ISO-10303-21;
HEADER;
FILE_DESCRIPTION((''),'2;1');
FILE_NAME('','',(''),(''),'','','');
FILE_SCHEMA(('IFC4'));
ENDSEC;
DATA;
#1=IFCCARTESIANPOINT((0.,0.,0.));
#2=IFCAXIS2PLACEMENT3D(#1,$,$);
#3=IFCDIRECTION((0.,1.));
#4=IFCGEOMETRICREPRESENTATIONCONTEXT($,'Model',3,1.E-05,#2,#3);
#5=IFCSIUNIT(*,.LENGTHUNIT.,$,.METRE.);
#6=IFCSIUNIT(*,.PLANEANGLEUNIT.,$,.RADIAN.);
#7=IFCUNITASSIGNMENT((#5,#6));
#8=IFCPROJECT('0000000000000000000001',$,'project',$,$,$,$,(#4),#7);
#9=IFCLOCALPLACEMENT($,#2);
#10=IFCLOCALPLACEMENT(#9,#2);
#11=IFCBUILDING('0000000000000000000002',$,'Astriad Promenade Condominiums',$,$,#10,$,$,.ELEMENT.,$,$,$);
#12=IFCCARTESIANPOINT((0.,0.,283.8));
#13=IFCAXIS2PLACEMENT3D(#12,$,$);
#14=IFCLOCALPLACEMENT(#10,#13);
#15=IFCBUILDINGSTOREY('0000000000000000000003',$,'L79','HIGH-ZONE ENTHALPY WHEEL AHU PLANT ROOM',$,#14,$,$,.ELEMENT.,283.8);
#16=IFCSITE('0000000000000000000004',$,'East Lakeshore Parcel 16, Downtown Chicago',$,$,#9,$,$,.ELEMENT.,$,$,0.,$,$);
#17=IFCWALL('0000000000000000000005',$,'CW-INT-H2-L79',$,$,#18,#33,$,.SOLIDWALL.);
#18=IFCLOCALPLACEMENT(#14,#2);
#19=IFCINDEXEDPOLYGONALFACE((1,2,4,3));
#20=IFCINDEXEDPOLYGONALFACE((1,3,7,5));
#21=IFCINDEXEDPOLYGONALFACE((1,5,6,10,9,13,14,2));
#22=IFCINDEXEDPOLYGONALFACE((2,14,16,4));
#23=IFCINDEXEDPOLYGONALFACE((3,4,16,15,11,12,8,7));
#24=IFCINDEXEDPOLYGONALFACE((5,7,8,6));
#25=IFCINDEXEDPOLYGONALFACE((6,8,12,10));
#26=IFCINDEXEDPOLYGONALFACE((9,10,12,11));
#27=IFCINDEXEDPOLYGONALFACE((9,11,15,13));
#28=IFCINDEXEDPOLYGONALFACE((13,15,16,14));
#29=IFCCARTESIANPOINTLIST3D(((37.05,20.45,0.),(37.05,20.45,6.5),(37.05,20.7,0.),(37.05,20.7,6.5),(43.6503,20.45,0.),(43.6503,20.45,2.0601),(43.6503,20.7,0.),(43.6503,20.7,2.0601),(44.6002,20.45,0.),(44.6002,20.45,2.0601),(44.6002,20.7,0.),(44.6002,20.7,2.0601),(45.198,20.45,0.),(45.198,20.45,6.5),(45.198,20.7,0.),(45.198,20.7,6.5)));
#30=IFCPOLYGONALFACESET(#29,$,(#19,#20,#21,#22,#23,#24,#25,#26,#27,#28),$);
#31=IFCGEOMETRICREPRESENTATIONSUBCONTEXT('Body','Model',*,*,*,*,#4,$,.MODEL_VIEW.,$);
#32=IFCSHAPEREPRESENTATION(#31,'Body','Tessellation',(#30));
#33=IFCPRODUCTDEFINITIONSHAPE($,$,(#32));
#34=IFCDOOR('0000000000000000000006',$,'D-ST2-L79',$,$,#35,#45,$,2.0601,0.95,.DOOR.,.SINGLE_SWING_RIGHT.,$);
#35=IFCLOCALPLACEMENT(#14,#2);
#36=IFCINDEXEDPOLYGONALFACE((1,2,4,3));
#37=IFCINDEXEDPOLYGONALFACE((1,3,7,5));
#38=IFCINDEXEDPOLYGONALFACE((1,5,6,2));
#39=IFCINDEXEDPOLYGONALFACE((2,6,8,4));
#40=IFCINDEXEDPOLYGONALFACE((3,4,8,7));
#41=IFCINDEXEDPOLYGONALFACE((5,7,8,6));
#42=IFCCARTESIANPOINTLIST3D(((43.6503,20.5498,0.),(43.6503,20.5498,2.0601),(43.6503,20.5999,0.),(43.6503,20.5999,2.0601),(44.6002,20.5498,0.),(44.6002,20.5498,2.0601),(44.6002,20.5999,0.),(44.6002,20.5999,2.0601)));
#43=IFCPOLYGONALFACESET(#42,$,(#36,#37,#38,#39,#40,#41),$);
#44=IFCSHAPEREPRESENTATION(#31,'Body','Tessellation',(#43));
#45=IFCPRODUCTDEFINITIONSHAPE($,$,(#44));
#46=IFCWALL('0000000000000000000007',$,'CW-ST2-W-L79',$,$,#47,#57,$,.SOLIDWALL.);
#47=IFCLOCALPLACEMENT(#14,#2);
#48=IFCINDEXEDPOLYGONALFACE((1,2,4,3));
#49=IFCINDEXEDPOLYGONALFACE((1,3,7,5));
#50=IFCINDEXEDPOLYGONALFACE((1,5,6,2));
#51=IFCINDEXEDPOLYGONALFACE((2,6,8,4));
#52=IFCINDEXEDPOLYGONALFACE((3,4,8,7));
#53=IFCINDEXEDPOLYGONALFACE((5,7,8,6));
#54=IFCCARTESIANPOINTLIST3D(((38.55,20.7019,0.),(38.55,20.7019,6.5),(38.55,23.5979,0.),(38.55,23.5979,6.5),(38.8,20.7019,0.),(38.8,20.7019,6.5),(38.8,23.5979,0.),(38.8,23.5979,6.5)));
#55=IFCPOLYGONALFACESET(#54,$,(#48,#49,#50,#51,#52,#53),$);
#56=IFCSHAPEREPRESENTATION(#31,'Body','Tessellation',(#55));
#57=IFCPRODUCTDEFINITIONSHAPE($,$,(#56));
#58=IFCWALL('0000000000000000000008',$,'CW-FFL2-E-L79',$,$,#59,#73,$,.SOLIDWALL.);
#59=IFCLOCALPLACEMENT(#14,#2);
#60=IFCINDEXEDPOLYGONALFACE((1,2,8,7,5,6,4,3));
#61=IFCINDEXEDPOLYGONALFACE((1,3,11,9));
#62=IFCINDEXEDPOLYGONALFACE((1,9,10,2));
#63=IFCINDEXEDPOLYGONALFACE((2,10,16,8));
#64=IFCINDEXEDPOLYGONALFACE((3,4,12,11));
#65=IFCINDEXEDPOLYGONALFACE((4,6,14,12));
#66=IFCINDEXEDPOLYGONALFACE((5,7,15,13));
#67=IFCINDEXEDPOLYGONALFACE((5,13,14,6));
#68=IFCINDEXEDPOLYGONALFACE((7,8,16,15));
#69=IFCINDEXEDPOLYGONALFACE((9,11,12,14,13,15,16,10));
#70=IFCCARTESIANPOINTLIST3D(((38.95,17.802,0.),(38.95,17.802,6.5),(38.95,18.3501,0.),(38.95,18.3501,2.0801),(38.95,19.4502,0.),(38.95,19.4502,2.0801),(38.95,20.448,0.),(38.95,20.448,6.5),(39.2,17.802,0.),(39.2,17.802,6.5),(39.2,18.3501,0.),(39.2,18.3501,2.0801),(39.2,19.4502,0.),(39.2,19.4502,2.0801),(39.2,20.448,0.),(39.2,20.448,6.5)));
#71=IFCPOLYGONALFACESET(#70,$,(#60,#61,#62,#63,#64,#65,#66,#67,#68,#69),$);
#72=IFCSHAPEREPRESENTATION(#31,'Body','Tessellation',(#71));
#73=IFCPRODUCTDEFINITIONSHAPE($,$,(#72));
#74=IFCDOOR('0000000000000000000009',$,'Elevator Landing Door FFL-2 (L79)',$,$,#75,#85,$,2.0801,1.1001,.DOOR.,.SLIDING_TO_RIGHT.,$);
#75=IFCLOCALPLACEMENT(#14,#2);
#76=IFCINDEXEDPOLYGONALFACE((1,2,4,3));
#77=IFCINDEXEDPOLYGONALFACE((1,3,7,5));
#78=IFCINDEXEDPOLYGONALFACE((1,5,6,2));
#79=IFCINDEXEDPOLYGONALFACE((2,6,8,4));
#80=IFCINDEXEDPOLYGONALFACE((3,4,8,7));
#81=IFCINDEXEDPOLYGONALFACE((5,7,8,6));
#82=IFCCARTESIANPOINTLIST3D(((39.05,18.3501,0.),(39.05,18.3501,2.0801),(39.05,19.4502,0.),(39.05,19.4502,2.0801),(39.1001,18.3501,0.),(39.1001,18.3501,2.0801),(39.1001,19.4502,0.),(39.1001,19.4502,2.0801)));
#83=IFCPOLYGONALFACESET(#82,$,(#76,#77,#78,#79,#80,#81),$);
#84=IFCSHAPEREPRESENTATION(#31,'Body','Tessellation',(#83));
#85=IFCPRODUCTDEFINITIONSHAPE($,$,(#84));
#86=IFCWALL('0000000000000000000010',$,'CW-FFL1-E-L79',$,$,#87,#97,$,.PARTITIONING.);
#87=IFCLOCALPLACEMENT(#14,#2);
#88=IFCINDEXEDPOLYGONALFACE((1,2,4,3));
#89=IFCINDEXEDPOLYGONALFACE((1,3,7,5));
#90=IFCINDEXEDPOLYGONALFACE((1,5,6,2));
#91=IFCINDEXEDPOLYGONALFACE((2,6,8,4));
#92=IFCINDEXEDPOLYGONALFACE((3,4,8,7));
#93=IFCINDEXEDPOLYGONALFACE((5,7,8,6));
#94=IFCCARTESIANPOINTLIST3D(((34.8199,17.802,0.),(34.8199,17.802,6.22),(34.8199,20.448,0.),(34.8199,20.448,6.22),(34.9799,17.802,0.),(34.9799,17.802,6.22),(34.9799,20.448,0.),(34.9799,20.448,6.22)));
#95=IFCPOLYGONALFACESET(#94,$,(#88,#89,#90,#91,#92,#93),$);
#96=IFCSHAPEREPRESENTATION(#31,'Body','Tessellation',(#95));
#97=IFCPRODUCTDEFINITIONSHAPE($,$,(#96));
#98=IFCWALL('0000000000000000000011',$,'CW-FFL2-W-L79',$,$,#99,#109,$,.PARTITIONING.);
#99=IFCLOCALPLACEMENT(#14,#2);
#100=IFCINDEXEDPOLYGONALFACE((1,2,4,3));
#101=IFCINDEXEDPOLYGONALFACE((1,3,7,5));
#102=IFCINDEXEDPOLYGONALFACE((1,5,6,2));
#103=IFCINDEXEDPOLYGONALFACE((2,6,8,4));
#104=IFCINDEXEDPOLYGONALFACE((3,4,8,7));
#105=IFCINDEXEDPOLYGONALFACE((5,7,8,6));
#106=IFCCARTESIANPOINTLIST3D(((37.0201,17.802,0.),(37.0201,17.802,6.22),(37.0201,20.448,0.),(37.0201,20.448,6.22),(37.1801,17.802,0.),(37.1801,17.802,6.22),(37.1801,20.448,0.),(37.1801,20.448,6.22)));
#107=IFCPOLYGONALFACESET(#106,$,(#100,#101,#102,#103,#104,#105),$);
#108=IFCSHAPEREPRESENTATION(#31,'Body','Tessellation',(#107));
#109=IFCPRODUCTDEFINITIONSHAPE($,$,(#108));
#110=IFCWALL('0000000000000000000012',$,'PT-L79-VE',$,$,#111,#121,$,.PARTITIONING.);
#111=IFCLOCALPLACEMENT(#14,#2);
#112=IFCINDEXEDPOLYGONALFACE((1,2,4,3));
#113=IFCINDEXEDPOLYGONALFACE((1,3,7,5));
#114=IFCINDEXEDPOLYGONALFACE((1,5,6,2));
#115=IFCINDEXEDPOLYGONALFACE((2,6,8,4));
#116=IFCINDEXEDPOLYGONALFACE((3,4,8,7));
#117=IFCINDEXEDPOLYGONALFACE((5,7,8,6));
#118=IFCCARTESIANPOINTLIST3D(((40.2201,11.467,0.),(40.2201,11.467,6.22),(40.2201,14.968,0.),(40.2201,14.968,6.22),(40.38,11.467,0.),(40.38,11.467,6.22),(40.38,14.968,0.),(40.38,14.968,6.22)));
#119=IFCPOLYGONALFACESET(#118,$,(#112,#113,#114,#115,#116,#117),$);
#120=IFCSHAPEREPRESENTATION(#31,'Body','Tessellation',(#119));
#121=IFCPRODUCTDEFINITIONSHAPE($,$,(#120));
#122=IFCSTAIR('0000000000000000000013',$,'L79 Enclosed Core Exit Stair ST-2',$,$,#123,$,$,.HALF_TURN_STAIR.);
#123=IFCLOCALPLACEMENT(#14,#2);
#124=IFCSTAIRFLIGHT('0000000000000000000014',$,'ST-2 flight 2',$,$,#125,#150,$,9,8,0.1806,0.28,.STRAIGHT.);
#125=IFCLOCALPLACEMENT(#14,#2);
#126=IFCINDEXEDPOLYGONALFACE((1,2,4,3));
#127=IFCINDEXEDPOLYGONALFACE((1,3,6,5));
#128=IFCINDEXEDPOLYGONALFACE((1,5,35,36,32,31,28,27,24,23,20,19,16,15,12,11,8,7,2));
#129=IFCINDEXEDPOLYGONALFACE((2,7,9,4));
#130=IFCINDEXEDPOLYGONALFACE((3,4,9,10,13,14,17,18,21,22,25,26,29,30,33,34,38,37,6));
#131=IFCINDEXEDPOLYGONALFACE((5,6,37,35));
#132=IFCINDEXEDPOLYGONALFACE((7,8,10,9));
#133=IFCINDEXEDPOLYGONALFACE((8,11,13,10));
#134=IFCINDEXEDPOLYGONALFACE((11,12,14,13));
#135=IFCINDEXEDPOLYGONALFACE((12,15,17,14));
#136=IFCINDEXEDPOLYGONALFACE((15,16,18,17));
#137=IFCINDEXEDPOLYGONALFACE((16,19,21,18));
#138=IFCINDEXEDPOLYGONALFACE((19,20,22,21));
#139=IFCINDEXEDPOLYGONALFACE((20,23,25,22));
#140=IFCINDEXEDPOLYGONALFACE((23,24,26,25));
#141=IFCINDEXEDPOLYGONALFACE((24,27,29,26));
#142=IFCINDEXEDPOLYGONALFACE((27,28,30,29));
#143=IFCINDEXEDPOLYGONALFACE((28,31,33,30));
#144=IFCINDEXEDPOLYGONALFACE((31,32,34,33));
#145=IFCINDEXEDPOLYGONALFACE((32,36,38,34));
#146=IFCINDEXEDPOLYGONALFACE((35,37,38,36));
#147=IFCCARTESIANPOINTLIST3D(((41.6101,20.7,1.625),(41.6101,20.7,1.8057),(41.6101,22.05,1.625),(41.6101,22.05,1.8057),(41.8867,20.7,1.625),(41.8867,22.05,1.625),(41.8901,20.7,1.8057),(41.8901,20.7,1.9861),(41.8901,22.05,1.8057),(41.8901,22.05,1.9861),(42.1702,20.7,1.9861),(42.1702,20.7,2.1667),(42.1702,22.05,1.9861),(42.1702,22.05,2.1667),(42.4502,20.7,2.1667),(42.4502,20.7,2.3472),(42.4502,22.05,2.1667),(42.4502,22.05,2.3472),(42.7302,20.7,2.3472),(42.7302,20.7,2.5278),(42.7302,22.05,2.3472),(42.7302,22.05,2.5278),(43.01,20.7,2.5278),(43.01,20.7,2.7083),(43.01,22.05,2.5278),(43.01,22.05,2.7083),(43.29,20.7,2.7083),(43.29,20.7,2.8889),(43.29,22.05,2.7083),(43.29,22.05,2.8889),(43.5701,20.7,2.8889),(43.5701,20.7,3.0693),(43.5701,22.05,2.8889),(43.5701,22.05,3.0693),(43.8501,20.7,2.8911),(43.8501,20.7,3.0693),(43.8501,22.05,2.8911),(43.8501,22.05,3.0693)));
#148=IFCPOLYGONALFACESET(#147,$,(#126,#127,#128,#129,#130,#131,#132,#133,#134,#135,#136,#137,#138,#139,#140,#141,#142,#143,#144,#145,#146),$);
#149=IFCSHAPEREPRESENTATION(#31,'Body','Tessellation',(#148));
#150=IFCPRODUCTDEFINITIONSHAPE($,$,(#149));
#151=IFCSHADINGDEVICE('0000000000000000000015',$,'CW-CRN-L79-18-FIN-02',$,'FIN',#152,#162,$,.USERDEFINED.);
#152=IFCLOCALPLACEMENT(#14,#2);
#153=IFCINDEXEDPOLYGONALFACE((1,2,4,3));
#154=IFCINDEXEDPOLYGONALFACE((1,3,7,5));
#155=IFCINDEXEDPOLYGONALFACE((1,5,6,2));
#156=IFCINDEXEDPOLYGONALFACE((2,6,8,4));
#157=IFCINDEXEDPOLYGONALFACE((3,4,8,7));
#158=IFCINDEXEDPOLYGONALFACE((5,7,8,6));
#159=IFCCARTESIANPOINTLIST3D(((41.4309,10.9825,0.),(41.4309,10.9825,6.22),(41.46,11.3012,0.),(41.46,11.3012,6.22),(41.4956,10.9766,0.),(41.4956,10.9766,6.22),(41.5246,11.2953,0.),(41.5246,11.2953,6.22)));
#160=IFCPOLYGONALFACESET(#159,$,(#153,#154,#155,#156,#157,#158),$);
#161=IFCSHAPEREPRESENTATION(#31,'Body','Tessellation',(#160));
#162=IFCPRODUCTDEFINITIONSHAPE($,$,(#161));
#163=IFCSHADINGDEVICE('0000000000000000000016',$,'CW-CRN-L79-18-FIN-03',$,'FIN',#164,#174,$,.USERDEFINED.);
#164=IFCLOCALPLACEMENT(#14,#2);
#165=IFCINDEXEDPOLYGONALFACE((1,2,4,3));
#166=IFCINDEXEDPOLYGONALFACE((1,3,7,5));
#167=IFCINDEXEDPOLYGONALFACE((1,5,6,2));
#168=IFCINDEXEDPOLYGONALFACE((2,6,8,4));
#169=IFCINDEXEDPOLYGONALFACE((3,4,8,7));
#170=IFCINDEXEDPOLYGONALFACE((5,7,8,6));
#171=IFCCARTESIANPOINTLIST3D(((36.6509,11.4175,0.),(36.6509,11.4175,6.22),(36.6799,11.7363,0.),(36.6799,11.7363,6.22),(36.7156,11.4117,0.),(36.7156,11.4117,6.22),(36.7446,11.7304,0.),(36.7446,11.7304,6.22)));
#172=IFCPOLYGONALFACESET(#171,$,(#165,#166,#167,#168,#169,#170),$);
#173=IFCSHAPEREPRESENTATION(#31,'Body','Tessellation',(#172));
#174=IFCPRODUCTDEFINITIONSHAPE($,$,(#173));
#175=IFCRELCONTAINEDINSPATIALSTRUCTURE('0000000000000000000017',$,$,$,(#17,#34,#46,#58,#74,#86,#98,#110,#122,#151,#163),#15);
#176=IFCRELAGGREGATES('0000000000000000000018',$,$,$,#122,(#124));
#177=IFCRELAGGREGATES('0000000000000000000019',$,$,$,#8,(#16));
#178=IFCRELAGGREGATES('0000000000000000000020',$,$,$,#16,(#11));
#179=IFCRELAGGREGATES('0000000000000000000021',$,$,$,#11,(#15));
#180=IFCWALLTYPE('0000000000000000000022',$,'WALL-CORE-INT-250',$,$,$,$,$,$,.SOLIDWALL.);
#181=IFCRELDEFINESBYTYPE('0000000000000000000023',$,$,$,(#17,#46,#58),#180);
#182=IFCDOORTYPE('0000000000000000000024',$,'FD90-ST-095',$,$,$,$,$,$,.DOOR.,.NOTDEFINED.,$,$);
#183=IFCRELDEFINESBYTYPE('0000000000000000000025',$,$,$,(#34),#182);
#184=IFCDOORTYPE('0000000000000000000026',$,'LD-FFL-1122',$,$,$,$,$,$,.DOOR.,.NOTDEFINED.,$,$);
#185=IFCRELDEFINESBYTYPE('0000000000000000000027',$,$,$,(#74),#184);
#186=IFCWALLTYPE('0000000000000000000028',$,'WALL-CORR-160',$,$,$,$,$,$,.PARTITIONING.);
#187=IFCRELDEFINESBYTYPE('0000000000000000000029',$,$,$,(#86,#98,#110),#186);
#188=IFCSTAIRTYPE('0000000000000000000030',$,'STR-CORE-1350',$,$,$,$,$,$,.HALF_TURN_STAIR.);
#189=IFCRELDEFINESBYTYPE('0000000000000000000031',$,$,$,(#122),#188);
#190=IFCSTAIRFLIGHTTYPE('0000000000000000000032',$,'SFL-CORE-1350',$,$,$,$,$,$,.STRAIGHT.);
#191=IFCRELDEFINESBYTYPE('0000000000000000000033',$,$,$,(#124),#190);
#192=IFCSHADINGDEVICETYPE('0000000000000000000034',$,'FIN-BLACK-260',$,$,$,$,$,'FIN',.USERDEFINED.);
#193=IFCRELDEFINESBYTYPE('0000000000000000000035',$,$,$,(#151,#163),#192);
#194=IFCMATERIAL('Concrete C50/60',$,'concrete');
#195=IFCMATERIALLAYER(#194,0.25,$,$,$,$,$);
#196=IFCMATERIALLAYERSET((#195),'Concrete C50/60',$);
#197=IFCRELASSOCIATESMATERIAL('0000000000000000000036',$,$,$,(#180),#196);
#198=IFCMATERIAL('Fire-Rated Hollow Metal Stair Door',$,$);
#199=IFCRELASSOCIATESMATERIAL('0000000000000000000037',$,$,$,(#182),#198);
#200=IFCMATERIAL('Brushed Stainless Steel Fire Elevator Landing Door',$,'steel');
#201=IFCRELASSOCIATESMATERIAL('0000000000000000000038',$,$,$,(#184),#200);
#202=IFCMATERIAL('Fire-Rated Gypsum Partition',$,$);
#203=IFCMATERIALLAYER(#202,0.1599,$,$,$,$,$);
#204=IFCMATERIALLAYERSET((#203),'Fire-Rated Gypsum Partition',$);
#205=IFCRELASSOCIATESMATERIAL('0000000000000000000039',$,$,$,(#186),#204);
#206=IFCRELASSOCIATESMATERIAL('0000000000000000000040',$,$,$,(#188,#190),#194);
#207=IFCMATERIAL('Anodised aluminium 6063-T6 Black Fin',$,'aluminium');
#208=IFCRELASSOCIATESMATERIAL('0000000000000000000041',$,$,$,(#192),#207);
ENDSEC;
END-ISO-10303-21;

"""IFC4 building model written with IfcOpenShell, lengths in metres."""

from ifc_helpers import new_model, si_unit, direction, frame, frame_2d, origin, origin_2d, place, context, subcontext, project, spatial, polyline, rectangle, outline, extrude, source, transform, mapped, material, layer, layer_set, type_object, type_shapes, element, fill, aggregate, save


model = new_model("IFC4")

# Units and contexts
model_context = context("Model", 3, precision=1e-05, world=origin(), true_north=direction((0.0, 1.0)))
body_context = subcontext(model_context, "Body", "Model", "MODEL_VIEW")
ifc_project = project(units=[si_unit("LENGTHUNIT", "METRE"), si_unit("PLANEANGLEUNIT", "RADIAN")], contexts=[model_context])

# Site, building, storey
site_placement = place(None, origin())
site = spatial("IfcSite", under=ifc_project, at=site_placement, Name="East Lakeshore Parcel 16, Downtown Chicago", CompositionType="ELEMENT", RefElevation=0.0)
building_placement = place(site_placement, origin())
building = spatial("IfcBuilding", under=site, at=building_placement, Name="Astriad Promenade Condominiums", CompositionType="ELEMENT")
storey_placement = place(building_placement, frame((0.0, 0.0, 283.8)))
storey = spatial("IfcBuildingStorey", under=building, at=storey_placement, Name="L79", Description="HIGH-ZONE ENTHALPY WHEEL AHU PLANT ROOM", CompositionType="ELEMENT", Elevation=283.8)

# Shared definitions
ifc_material_1 = material(Name="Concrete C50/60", Category="concrete")

# Wall, opening, door
ifc_layer_1 = layer(ifc_material_1, 0.25)
ifc_layer_set_1 = layer_set([ifc_layer_1], Name="Concrete C50/60")
wall_type_1 = type_object("IfcWallType", Name="WALL-CORE-INT-250", PredefinedType="SOLIDWALL", material=ifc_layer_set_1)
wall_1_placement = place(storey_placement, frame((37.05, 20.575, 0.0), z_axis=(0.0, 0.0, 1.0), x_axis=(1.0, 0.0, 0.0)))
wall_1 = element("IfcWall", 1, at=wall_1_placement, inside=storey, type_object=wall_type_1, Name="CW-INT-H2-L79", PredefinedType="SOLIDWALL", context=body_context, shape_type="SweptSolid", body=[
    extrude(rectangle(XDim=8.1479, YDim=0.25, at=frame_2d((4.074, 0.0))), origin(), (0.0, 0.0, 1.0), 6.5),
])
opening_1_placement = place(wall_1_placement, frame((6.6001, 0.0, 0.0)))
opening_1 = element("IfcOpeningElement", 2, at=opening_1_placement, cuts=wall_1, PredefinedType="OPENING", context=body_context, shape_type="SweptSolid", body=[
    extrude(rectangle(XDim=0.95, YDim=2.0601, at=frame_2d((0.4751, 1.03))), frame((0.0, 0.135, 0.0), z_axis=(0.0, -1.0, 0.0), x_axis=(1.0, 0.0, 0.0)), (0.0, 0.0, 1.0), 0.27),
])
ifc_material_2 = material(Name="Fire-Rated Hollow Metal Stair Door")
door_type_1 = type_object("IfcDoorType", Name="FD90-ST-095", OperationType="NOTDEFINED", PredefinedType="DOOR", material=ifc_material_2)
shared_shape_1 = source(origin(), body_context, "Body", "SweptSolid", [
    extrude(rectangle(XDim=0.95, YDim=2.0601, at=frame_2d((0.4751, 1.03))), frame((0.0, 0.0249, 0.0), z_axis=(0.0, -1.0, 0.0), x_axis=(1.0, 0.0, 0.0)), (0.0, 0.0, 1.0), 0.05),
])
type_shapes(door_type_1, [shared_shape_1])
door_1_placement = place(opening_1_placement, origin())
door_1 = element("IfcDoor", 3, at=door_1_placement, inside=storey, type_object=door_type_1, Name="D-ST2-L79", OperationType="SINGLE_SWING_RIGHT", OverallHeight=2.0601, OverallWidth=0.95, PredefinedType="DOOR", context=body_context, shape_type="MappedRepresentation", body=[
    mapped(shared_shape_1, transform((0.0, 0.0, 0.0), scale=1.0)),
])
fill(opening_1, door_1)

# Wall
wall_2_placement = place(storey_placement, frame((38.675, 20.7019, 0.0), z_axis=(0.0, 0.0, 1.0), x_axis=(0.0, 1.0, 0.0)))
element("IfcWall", 4, at=wall_2_placement, inside=storey, type_object=wall_type_1, Name="CW-ST2-W-L79", PredefinedType="SOLIDWALL", context=body_context, shape_type="SweptSolid", body=[
    extrude(rectangle(XDim=2.896, YDim=0.25, at=frame_2d((1.448, 0.0))), origin(), (0.0, 0.0, 1.0), 6.5),
])

# Wall, opening, door
wall_3_placement = place(storey_placement, frame((39.075, 17.802, 0.0), z_axis=(0.0, 0.0, 1.0), x_axis=(0.0, 1.0, 0.0)))
wall_3 = element("IfcWall", 5, at=wall_3_placement, inside=storey, type_object=wall_type_1, Name="CW-FFL2-E-L79", PredefinedType="SOLIDWALL", context=body_context, shape_type="SweptSolid", body=[
    extrude(rectangle(XDim=2.646, YDim=0.25, at=frame_2d((1.323, 0.0))), origin(), (0.0, 0.0, 1.0), 6.5),
])
opening_2_placement = place(wall_3_placement, frame((0.5481, 0.0, 0.0)))
opening_2 = element("IfcOpeningElement", 6, at=opening_2_placement, cuts=wall_3, PredefinedType="OPENING", context=body_context, shape_type="SweptSolid", body=[
    extrude(rectangle(XDim=1.1001, YDim=2.0801, at=frame_2d((0.55, 1.04))), frame((0.0, 0.135, 0.0), z_axis=(0.0, -1.0, 0.0), x_axis=(1.0, 0.0, 0.0)), (0.0, 0.0, 1.0), 0.27),
])
ifc_material_3 = material(Name="Brushed Stainless Steel Fire Elevator Landing Door", Category="steel")
door_type_2 = type_object("IfcDoorType", Name="LD-FFL-1122", OperationType="NOTDEFINED", PredefinedType="DOOR", material=ifc_material_3)
shared_shape_2 = source(origin(), body_context, "Body", "SweptSolid", [
    extrude(rectangle(XDim=1.1001, YDim=2.0801, at=frame_2d((0.55, 1.04))), frame((0.0, 0.0249, 0.0), z_axis=(0.0, -1.0, 0.0), x_axis=(1.0, 0.0, 0.0)), (0.0, 0.0, 1.0), 0.05),
])
type_shapes(door_type_2, [shared_shape_2])
door_2_placement = place(opening_2_placement, origin())
door_2 = element("IfcDoor", 7, at=door_2_placement, inside=storey, type_object=door_type_2, Name="Elevator Landing Door FFL-2 (L79)", OperationType="SLIDING_TO_RIGHT", OverallHeight=2.0801, OverallWidth=1.1001, PredefinedType="DOOR", context=body_context, shape_type="MappedRepresentation", body=[
    mapped(shared_shape_2, transform((0.0, 0.0, 0.0), scale=1.0)),
])
fill(opening_2, door_2)

# Walls
ifc_material_4 = material(Name="Fire-Rated Gypsum Partition")
ifc_layer_2 = layer(ifc_material_4, 0.1599)
ifc_layer_set_2 = layer_set([ifc_layer_2], Name="Fire-Rated Gypsum Partition")
wall_type_2 = type_object("IfcWallType", Name="WALL-CORR-160", PredefinedType="PARTITIONING", material=ifc_layer_set_2)
for number, where, z_axis, x_axis, name in (
    (8, (34.8999, 17.802, 0.0), (0.0, 0.0, 1.0), (0.0, 1.0, 0.0), "CW-FFL1-E-L79"),
    (9, (37.1001, 17.802, 0.0), (0.0, 0.0, 1.0), (0.0, 1.0, 0.0), "CW-FFL2-W-L79"),
):
    element("IfcWall", number, at=place(storey_placement, frame(where, z_axis=z_axis, x_axis=x_axis)), inside=storey, type_object=wall_type_2, Name=name, PredefinedType="PARTITIONING", context=body_context, shape_type="SweptSolid", body=[
        extrude(rectangle(XDim=2.646, YDim=0.1599, at=frame_2d((1.323, 0.0))), origin(), (0.0, 0.0, 1.0), 6.22),
    ])
wall_4_placement = place(storey_placement, frame((40.3, 11.467, 0.0), z_axis=(0.0, 0.0, 1.0), x_axis=(0.0, 1.0, 0.0)))
element("IfcWall", 10, at=wall_4_placement, inside=storey, type_object=wall_type_2, Name="PT-L79-VE", PredefinedType="PARTITIONING", context=body_context, shape_type="SweptSolid", body=[
    extrude(rectangle(XDim=3.501, YDim=0.1599, at=frame_2d((1.7505, 0.0))), origin(), (0.0, 0.0, 1.0), 6.22),
])

# Stair, stair flight
stair_type = type_object("IfcStairType", Name="STR-CORE-1350", PredefinedType="HALF_TURN_STAIR", material=ifc_material_1)
stair_placement = place(storey_placement, origin())
stair = element("IfcStair", 11, at=stair_placement, inside=storey, type_object=stair_type, Name="L79 Enclosed Core Exit Stair ST-2", PredefinedType="HALF_TURN_STAIR")
stair_flight_type = type_object("IfcStairFlightType", Name="SFL-CORE-1350", PredefinedType="STRAIGHT", material=ifc_material_1)
shared_shape_3 = source(origin(), body_context, "Body", "SweptSolid", [
    extrude(outline(polyline([(0.0, 0.0), (0.0, 0.1807), (0.28, 0.1807), (0.28, 0.3611), (0.5601, 0.3611), (0.5601, 0.5417), (0.8401, 0.5417), (0.8401, 0.7222), (1.1201, 0.7222), (1.1201, 0.9028), (1.3999, 0.9028), (1.3999, 1.0833), (1.6799, 1.0833), (1.6799, 1.2639), (1.96, 1.2639), (1.96, 1.4443), (2.24, 1.4443), (2.24, 1.625), (2.24, 1.2661), (0.2766, 0.0), (0.0, 0.0)])), frame((0.0, 0.675, 0.0), z_axis=(0.0, -1.0, 0.0), x_axis=(1.0, 0.0, 0.0)), (0.0, 0.0, 1.0), 1.3501),
])
type_shapes(stair_flight_type, [shared_shape_3])
stair_flight_placement = place(storey_placement, frame((41.6101, 21.375, 1.625), z_axis=(0.0, 0.0, 1.0), x_axis=(1.0, 0.0, 0.0)))
stair_flight = element("IfcStairFlight", 12, at=stair_flight_placement, type_object=stair_flight_type, Name="ST-2 flight 2", NumberOfRisers=9, NumberOfTreads=8, PredefinedType="STRAIGHT", RiserHeight=0.1806, TreadLength=0.28, context=body_context, shape_type="MappedRepresentation", body=[
    mapped(shared_shape_3, transform((0.0, 0.0, 0.0), scale=1.0)),
])
aggregate(stair, [stair_flight])

# Shading devices
ifc_material_5 = material(Name="Anodised aluminium 6063-T6 Black Fin", Category="aluminium")
shading_device_type_1 = type_object("IfcShadingDeviceType", Name="FIN-BLACK-260", ElementType="FIN", PredefinedType="USERDEFINED", material=ifc_material_5)
shared_shape_4 = source(origin(), body_context, "Body", "SweptSolid", [
    extrude(rectangle(XDim=0.0649, YDim=0.3201, at=origin_2d()), origin(), (0.0, 0.0, 1.0), 6.22),
])
type_shapes(shading_device_type_1, [shared_shape_4])
for number, where, z_axis, x_axis, name in (
    (13, (41.4778, 11.1389, 0.0), (0.0, 0.0, 1.0), (-0.995884, 0.090633, 0.0), "CW-CRN-L79-18-FIN-02"),
    (14, (36.6978, 11.574, 0.0), (0.0, 0.0, 1.0), (-0.995884, 0.090633, 0.0), "CW-CRN-L79-18-FIN-03"),
):
    element("IfcShadingDevice", number, at=place(storey_placement, frame(where, z_axis=z_axis, x_axis=x_axis)), inside=storey, type_object=shading_device_type_1, Name=name, ObjectType="FIN", PredefinedType="USERDEFINED", context=body_context, shape_type="MappedRepresentation", body=[
        mapped(shared_shape_4, transform((0.0, 0.0, 0.0), scale=1.0)),
    ])

save(model, "model.ifc")
